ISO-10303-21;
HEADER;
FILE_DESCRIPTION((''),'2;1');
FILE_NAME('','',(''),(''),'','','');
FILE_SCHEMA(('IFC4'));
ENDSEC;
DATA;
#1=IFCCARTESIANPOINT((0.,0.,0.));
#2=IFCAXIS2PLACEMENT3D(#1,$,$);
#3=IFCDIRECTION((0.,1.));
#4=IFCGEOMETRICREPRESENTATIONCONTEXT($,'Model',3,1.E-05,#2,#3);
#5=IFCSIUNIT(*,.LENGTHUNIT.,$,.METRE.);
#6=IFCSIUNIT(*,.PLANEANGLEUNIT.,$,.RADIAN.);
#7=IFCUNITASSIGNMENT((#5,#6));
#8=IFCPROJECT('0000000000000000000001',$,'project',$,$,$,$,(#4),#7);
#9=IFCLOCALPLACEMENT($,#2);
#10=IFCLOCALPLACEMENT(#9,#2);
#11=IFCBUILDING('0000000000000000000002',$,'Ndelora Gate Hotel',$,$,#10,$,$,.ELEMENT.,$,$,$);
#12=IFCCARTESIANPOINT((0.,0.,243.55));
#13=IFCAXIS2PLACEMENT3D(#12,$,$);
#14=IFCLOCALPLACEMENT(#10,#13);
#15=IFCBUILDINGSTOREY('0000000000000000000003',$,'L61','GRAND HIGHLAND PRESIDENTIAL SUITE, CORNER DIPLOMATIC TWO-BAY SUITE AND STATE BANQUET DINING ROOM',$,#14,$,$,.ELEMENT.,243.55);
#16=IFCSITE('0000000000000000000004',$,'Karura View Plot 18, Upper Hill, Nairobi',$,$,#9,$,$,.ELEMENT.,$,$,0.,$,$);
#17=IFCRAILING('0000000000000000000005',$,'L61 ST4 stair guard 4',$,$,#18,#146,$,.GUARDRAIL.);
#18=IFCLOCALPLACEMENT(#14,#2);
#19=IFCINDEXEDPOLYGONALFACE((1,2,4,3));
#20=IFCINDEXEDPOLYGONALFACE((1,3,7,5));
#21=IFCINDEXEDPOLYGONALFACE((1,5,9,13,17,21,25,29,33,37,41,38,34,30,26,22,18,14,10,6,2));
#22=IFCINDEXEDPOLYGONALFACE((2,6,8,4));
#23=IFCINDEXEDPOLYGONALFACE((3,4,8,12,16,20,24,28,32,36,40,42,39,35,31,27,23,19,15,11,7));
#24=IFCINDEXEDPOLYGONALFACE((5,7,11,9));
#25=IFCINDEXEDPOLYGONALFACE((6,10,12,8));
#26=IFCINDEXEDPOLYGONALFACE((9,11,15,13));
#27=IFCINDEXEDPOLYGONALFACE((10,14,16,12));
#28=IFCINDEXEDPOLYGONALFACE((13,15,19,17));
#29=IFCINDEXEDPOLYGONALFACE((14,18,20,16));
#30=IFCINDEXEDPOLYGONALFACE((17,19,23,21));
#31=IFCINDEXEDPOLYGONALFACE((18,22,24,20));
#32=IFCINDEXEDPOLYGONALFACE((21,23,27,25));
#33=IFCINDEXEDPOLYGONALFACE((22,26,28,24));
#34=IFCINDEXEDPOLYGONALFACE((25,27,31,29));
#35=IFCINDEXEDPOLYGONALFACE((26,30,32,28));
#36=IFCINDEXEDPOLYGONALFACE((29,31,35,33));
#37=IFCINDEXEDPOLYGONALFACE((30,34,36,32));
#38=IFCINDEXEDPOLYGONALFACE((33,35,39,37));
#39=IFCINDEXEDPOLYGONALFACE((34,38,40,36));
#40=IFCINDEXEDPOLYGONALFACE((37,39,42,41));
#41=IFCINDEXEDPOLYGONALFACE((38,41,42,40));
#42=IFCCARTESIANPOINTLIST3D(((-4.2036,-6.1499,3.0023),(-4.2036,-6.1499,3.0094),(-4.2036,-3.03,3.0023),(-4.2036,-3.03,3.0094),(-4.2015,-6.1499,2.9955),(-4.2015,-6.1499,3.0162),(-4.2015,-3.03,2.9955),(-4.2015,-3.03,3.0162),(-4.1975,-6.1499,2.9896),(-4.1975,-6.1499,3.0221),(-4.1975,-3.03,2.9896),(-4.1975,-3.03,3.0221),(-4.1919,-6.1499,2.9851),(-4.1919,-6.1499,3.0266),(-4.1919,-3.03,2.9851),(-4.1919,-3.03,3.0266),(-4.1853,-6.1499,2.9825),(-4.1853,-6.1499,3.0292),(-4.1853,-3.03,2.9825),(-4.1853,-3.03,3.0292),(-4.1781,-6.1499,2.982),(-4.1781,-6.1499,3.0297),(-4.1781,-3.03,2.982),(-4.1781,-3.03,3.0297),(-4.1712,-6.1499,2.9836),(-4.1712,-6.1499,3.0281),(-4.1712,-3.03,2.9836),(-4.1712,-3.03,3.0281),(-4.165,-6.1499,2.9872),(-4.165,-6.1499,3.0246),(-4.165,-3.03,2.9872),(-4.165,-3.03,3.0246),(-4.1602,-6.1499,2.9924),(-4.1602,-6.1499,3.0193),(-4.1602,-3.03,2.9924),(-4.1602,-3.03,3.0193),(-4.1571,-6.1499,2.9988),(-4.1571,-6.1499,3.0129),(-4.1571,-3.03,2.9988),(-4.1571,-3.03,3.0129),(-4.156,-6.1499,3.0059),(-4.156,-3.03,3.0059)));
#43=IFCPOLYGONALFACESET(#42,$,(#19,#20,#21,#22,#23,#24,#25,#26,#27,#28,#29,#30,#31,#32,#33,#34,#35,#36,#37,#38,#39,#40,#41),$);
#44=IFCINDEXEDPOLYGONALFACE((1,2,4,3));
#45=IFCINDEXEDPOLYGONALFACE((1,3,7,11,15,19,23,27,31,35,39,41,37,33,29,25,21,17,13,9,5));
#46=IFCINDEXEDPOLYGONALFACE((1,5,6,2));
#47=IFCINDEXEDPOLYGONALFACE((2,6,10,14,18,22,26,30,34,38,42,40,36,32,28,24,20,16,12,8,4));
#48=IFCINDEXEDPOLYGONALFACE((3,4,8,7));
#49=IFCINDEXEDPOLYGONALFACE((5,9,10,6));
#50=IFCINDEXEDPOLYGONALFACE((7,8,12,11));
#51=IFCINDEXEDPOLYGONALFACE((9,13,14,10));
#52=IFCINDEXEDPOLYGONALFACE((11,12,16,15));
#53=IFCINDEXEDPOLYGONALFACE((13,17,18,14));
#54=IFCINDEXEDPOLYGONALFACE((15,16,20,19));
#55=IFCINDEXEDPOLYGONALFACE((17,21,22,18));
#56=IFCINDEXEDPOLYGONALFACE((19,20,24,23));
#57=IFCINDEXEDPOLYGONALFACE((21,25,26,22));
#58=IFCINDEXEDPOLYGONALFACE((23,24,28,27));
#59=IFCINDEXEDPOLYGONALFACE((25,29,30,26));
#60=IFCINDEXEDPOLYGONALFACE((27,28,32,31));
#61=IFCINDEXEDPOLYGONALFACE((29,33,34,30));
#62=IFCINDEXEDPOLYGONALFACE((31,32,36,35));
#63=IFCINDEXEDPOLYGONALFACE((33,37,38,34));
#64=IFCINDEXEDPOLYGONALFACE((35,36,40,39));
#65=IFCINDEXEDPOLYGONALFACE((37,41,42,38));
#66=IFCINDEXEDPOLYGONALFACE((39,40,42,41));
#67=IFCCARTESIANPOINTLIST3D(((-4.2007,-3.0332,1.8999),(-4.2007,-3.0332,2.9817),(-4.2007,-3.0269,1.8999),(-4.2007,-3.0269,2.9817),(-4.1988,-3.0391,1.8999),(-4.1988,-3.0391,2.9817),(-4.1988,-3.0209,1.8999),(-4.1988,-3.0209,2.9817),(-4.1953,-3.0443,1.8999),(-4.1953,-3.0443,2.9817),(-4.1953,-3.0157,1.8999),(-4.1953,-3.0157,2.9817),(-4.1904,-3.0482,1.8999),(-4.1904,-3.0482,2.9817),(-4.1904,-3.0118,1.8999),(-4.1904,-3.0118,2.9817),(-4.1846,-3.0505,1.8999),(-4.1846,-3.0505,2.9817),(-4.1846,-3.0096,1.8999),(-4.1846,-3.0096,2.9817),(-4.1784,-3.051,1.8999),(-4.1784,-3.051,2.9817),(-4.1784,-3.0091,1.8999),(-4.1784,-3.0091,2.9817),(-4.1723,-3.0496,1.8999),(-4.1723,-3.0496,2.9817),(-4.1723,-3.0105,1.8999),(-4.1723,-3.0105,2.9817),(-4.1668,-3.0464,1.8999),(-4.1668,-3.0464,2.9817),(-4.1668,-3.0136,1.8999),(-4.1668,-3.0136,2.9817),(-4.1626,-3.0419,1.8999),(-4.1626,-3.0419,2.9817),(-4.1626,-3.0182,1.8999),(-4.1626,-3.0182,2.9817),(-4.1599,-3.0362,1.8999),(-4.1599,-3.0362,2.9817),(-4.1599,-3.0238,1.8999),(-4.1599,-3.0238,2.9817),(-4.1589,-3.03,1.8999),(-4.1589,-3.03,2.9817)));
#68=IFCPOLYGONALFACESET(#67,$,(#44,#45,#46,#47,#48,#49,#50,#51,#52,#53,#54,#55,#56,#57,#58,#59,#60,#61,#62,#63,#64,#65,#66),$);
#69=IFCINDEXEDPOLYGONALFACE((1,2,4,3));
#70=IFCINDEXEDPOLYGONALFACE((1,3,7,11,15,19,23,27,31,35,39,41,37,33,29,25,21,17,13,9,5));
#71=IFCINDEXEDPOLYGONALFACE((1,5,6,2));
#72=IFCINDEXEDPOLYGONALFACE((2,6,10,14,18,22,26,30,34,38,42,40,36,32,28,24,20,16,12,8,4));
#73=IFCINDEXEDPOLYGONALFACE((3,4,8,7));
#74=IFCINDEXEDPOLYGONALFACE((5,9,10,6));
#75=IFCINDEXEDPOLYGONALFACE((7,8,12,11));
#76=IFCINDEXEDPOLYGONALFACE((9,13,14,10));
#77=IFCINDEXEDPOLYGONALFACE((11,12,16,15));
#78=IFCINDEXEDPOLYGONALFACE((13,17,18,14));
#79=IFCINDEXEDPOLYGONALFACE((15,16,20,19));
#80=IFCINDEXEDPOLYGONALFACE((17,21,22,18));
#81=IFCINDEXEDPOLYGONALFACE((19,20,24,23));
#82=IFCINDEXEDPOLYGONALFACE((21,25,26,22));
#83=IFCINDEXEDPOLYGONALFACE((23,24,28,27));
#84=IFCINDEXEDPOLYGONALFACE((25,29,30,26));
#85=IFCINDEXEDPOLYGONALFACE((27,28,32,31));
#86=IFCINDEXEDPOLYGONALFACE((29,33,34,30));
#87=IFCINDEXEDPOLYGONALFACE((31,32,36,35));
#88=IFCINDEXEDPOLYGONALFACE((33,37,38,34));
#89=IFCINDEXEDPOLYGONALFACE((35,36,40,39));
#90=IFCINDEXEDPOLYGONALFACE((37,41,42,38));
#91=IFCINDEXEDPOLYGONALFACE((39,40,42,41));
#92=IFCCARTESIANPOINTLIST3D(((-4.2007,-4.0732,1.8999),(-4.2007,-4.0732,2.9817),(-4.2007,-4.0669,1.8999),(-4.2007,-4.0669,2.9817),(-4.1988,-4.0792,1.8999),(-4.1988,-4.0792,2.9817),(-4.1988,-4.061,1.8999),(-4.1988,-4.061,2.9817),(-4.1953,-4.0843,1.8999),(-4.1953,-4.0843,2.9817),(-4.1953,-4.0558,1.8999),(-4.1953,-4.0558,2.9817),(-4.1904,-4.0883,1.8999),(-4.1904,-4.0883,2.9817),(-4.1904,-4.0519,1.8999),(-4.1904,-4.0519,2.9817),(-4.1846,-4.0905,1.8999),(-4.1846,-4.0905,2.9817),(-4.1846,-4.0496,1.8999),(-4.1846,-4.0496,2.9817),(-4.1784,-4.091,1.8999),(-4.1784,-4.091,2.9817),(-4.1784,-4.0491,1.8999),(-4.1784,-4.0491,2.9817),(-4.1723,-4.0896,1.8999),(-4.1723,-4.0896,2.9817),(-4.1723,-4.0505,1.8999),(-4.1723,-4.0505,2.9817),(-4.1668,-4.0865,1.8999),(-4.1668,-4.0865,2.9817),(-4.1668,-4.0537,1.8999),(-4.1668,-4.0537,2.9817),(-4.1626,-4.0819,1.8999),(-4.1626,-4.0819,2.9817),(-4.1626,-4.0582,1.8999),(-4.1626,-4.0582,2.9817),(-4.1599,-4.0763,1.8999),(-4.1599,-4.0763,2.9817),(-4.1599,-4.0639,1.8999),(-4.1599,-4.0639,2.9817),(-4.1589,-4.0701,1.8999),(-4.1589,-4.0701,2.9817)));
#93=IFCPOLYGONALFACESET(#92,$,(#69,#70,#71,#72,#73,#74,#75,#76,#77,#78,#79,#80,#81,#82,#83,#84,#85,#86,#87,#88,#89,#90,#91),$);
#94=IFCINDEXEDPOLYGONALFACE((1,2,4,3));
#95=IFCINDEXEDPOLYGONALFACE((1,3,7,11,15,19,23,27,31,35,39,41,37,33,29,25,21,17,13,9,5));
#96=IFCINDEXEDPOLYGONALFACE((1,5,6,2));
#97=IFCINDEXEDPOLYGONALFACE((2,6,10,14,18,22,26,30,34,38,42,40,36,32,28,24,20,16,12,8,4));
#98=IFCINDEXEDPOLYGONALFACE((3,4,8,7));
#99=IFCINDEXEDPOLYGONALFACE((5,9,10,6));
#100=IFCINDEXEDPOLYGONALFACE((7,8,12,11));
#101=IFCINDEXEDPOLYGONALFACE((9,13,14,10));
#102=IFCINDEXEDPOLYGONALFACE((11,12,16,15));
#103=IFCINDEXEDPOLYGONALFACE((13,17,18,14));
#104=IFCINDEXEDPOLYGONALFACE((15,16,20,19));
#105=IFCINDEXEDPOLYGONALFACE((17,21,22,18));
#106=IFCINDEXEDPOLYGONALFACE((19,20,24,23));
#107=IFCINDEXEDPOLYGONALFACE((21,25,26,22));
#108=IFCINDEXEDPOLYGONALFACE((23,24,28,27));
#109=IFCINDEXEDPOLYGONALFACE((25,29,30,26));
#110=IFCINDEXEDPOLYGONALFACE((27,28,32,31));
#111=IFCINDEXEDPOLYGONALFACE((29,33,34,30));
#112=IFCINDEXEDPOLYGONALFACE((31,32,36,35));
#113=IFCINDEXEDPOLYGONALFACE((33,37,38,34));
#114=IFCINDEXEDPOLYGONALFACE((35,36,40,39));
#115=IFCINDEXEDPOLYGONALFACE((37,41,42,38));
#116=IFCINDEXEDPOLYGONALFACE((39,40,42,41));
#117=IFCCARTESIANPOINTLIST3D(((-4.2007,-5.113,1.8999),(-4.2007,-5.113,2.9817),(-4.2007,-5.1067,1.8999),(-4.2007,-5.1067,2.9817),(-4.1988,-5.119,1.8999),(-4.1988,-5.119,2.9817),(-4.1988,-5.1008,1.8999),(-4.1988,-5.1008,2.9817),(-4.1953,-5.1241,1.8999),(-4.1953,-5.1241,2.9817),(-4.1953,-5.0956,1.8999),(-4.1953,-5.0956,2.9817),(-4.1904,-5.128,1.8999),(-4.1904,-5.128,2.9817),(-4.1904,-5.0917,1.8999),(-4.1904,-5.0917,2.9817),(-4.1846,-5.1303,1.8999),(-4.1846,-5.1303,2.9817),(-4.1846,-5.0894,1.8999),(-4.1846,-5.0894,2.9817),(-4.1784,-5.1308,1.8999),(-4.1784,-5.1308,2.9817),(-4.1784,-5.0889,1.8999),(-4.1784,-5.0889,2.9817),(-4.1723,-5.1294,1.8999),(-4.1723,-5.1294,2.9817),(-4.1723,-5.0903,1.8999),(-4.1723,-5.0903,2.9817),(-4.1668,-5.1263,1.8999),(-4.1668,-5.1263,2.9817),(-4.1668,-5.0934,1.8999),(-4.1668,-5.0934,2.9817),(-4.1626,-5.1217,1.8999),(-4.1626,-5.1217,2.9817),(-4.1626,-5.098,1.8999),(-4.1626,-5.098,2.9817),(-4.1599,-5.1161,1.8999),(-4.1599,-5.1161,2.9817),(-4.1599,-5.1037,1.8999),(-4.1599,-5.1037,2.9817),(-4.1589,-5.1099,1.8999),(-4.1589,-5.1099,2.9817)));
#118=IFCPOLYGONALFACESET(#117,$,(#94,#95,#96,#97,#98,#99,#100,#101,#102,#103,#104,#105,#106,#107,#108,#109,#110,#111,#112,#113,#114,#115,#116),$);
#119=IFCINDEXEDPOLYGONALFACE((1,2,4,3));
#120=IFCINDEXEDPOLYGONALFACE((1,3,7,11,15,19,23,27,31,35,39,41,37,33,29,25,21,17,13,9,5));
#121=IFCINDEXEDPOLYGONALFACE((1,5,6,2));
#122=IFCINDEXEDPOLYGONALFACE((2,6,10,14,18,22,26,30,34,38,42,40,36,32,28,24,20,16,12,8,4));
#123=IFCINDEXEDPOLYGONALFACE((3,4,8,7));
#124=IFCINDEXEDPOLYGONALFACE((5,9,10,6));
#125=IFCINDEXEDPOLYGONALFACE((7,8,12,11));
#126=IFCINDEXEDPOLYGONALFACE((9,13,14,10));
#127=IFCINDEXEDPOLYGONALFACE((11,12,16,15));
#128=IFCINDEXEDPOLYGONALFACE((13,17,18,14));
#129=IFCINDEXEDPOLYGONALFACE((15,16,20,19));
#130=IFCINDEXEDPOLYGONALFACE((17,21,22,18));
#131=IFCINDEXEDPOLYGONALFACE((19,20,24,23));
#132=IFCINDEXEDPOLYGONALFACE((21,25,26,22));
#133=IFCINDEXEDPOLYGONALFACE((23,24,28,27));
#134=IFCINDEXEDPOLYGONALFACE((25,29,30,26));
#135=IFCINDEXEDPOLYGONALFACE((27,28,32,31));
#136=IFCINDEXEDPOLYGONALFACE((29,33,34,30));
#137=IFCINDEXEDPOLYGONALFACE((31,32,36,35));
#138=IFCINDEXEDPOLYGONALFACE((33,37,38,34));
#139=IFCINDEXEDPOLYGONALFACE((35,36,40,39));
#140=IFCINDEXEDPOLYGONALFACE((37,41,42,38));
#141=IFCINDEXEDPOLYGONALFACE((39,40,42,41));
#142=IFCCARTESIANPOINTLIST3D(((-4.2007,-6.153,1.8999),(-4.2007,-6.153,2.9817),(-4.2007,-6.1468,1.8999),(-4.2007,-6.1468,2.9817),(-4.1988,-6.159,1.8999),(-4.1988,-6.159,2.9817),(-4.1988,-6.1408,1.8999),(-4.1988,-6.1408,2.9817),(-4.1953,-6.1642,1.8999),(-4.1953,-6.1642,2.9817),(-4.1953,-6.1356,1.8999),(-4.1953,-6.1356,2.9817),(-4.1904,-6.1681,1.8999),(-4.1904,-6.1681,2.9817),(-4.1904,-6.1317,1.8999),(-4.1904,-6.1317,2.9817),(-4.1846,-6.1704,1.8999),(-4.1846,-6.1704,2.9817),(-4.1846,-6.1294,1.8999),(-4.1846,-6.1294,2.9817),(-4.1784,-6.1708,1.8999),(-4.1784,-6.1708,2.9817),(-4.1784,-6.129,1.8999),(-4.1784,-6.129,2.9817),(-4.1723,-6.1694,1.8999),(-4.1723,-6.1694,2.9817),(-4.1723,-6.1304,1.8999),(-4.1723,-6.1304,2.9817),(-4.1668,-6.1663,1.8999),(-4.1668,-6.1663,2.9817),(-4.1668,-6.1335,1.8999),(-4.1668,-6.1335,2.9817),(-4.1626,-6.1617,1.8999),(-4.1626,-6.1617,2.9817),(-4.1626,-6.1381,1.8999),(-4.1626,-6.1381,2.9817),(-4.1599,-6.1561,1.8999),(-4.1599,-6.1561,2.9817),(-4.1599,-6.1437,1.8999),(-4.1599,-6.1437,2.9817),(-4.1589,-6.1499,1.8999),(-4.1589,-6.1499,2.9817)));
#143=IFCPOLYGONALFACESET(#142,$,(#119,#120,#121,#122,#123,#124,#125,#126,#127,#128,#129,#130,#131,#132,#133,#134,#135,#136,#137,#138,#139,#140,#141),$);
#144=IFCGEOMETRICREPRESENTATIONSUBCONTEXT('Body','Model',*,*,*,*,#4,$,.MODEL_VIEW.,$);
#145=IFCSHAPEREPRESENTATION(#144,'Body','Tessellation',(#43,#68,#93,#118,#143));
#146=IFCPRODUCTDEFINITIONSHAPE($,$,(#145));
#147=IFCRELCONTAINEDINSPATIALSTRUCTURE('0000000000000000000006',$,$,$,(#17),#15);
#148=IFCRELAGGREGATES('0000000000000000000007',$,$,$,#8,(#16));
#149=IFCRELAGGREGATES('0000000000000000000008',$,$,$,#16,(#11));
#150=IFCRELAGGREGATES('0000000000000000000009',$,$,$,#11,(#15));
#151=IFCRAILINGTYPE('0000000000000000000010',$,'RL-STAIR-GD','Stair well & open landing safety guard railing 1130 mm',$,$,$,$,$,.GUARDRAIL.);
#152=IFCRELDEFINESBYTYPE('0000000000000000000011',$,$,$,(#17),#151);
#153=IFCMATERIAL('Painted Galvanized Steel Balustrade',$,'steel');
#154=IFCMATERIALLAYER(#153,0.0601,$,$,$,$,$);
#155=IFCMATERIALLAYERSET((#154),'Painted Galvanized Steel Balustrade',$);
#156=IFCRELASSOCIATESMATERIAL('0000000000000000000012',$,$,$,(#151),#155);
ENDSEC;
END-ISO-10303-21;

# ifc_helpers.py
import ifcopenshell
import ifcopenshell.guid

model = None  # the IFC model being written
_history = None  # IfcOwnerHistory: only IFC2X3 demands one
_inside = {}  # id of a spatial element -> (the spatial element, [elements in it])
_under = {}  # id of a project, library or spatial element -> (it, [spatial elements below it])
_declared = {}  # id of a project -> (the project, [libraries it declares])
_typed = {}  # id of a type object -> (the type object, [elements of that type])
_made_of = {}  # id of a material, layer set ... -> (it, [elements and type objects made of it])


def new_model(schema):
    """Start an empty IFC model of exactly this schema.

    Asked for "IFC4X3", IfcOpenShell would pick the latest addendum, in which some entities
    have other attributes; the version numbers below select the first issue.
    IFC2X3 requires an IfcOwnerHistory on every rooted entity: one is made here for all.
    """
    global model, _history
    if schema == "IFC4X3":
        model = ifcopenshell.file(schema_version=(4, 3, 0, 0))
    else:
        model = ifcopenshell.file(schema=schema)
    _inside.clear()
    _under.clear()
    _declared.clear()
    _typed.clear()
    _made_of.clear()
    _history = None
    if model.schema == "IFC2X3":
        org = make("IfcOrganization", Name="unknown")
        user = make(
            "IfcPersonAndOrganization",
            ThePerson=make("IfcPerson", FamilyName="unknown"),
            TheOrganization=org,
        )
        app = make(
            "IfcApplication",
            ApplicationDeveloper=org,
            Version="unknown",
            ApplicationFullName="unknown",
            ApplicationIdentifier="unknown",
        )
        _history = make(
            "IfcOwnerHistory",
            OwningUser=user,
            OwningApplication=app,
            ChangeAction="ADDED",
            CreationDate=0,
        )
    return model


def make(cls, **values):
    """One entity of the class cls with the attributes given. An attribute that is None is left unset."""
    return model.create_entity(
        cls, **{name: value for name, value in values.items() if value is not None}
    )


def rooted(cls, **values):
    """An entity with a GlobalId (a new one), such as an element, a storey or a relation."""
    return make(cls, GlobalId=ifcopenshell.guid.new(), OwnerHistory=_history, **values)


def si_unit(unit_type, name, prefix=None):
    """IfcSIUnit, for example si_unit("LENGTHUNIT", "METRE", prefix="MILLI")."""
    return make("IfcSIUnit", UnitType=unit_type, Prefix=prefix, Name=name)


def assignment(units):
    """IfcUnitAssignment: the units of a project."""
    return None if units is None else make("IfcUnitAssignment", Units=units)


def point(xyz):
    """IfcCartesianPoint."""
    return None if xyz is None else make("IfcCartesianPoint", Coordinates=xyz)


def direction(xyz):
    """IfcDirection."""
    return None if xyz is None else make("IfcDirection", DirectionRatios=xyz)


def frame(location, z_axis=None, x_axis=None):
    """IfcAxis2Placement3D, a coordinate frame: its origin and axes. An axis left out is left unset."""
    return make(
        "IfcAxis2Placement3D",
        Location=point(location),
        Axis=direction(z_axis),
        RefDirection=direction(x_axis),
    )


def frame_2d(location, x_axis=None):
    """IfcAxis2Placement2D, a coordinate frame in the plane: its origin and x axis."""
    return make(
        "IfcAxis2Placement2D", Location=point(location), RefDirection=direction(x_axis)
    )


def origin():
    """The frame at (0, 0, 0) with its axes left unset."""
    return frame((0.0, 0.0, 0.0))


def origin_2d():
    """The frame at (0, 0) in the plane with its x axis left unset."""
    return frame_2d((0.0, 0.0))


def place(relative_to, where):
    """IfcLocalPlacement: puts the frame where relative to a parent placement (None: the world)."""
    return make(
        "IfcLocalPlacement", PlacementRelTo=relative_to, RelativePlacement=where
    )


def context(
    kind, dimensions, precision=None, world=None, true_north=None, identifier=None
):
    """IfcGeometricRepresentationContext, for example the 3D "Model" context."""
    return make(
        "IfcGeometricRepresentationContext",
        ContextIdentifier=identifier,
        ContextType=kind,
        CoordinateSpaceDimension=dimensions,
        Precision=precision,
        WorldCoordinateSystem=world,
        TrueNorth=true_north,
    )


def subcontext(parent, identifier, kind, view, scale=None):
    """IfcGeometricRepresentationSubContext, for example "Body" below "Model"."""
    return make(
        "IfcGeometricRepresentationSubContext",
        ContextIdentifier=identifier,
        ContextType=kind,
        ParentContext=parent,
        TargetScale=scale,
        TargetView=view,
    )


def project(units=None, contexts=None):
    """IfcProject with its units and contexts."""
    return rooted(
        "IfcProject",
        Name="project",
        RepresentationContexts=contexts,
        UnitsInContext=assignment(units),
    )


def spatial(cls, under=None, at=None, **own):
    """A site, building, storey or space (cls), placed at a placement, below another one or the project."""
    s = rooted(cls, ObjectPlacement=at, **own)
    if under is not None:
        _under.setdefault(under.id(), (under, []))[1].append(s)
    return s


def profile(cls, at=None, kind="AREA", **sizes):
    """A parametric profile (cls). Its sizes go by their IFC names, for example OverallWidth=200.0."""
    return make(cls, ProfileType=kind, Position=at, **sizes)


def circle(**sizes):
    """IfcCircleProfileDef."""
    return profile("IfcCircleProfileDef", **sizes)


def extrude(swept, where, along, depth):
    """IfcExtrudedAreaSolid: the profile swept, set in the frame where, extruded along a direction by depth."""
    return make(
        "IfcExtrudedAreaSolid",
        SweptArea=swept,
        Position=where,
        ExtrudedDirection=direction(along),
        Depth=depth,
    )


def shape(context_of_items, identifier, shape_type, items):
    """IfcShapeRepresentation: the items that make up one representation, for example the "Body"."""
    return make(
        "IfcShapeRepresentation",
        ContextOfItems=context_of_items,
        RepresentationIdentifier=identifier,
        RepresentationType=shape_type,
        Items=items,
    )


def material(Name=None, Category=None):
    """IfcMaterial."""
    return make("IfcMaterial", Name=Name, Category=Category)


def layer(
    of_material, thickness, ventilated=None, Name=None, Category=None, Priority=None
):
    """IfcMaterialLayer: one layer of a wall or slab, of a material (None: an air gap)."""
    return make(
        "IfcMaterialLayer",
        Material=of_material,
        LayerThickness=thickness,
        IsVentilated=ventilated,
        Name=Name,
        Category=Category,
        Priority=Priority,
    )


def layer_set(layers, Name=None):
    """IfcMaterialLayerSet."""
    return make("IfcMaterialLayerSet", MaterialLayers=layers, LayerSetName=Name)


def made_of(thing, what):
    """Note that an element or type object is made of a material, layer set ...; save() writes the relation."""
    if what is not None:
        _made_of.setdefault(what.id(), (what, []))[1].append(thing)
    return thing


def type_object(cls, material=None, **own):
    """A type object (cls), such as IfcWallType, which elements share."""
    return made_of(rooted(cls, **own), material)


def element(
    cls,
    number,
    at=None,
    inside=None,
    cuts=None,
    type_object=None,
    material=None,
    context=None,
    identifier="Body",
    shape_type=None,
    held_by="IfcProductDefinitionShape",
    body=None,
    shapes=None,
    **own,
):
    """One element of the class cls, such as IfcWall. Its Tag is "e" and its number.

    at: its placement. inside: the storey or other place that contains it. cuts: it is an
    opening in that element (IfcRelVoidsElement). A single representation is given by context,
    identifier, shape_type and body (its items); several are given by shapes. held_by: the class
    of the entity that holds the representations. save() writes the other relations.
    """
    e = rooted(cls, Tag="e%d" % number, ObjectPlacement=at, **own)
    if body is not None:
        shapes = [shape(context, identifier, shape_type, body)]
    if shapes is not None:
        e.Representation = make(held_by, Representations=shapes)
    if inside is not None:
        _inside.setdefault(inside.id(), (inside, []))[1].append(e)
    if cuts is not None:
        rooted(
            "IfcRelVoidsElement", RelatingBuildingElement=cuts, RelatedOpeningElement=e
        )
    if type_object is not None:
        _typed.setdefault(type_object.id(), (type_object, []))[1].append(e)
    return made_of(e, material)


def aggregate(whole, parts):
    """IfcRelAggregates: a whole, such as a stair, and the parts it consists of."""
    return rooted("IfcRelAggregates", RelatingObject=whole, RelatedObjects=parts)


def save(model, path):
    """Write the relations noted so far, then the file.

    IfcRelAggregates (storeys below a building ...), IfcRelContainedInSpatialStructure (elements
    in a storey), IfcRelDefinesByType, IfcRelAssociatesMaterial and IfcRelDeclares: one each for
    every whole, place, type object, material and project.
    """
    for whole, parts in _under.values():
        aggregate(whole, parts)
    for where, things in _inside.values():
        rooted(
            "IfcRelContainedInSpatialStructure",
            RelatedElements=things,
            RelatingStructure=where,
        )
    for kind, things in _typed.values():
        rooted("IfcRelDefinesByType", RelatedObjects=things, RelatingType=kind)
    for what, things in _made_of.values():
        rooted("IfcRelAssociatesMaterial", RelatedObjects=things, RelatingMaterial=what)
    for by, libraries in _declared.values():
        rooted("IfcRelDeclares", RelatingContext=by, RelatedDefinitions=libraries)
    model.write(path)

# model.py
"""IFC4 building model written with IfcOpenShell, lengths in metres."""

from ifc_helpers import new_model, si_unit, direction, frame, origin, origin_2d, place, context, subcontext, project, spatial, circle, extrude, material, layer, layer_set, type_object, element, save


model = new_model("IFC4")

# Units and contexts
model_context = context("Model", 3, precision=1e-05, world=origin(), true_north=direction((0.0, 1.0)))
body_context = subcontext(model_context, "Body", "Model", "MODEL_VIEW")
ifc_project = project(units=[si_unit("LENGTHUNIT", "METRE"), si_unit("PLANEANGLEUNIT", "RADIAN")], contexts=[model_context])

# Site, building, storey
site_placement = place(None, origin())
site = spatial("IfcSite", under=ifc_project, at=site_placement, Name="Karura View Plot 18, Upper Hill, Nairobi", CompositionType="ELEMENT", RefElevation=0.0)
building_placement = place(site_placement, origin())
building = spatial("IfcBuilding", under=site, at=building_placement, Name="Ndelora Gate Hotel", CompositionType="ELEMENT")
storey_placement = place(building_placement, frame((0.0, 0.0, 243.55)))
storey = spatial("IfcBuildingStorey", under=building, at=storey_placement, Name="L61", Description="GRAND HIGHLAND PRESIDENTIAL SUITE, CORNER DIPLOMATIC TWO-BAY SUITE AND STATE BANQUET DINING ROOM", CompositionType="ELEMENT", Elevation=243.55)

# Railing
ifc_material_1 = material(Name="Painted Galvanized Steel Balustrade", Category="steel")
ifc_layer_1 = layer(ifc_material_1, 0.0601)
ifc_layer_set_1 = layer_set([ifc_layer_1], Name="Painted Galvanized Steel Balustrade")
railing_type_1 = type_object("IfcRailingType", Name="RL-STAIR-GD", Description="Stair well & open landing safety guard railing 1130 mm", PredefinedType="GUARDRAIL", material=ifc_layer_set_1)
for number, where, name in (
    (1, (-4.1799, -3.03, 1.8999), "L61 ST4 stair guard 4"),
):
    element("IfcRailing", number, at=place(storey_placement, frame(where)), inside=storey, type_object=railing_type_1, Name=name, PredefinedType="GUARDRAIL", context=body_context, shape_type="SweptSolid", body=[
        extrude(circle(Radius=0.0239, at=origin_2d()), frame((0.0, 0.0, 1.106), z_axis=(0.0, -1.0, 0.0), x_axis=(1.0, 0.0, 0.0)), (0.0, 0.0, 1.0), 3.1199),
        extrude(circle(Radius=0.021, at=origin_2d()), origin(), (0.0, 0.0, 1.0), 1.0818),
        extrude(circle(Radius=0.021, at=origin_2d()), frame((0.0, -1.04, 0.0)), (0.0, 0.0, 1.0), 1.0818),
        extrude(circle(Radius=0.021, at=origin_2d()), frame((0.0, -2.0798, 0.0)), (0.0, 0.0, 1.0), 1.0818),
        extrude(circle(Radius=0.021, at=origin_2d()), frame((0.0, -3.1199, 0.0)), (0.0, 0.0, 1.0), 1.0818),
    ])

save(model, "model.ifc")
